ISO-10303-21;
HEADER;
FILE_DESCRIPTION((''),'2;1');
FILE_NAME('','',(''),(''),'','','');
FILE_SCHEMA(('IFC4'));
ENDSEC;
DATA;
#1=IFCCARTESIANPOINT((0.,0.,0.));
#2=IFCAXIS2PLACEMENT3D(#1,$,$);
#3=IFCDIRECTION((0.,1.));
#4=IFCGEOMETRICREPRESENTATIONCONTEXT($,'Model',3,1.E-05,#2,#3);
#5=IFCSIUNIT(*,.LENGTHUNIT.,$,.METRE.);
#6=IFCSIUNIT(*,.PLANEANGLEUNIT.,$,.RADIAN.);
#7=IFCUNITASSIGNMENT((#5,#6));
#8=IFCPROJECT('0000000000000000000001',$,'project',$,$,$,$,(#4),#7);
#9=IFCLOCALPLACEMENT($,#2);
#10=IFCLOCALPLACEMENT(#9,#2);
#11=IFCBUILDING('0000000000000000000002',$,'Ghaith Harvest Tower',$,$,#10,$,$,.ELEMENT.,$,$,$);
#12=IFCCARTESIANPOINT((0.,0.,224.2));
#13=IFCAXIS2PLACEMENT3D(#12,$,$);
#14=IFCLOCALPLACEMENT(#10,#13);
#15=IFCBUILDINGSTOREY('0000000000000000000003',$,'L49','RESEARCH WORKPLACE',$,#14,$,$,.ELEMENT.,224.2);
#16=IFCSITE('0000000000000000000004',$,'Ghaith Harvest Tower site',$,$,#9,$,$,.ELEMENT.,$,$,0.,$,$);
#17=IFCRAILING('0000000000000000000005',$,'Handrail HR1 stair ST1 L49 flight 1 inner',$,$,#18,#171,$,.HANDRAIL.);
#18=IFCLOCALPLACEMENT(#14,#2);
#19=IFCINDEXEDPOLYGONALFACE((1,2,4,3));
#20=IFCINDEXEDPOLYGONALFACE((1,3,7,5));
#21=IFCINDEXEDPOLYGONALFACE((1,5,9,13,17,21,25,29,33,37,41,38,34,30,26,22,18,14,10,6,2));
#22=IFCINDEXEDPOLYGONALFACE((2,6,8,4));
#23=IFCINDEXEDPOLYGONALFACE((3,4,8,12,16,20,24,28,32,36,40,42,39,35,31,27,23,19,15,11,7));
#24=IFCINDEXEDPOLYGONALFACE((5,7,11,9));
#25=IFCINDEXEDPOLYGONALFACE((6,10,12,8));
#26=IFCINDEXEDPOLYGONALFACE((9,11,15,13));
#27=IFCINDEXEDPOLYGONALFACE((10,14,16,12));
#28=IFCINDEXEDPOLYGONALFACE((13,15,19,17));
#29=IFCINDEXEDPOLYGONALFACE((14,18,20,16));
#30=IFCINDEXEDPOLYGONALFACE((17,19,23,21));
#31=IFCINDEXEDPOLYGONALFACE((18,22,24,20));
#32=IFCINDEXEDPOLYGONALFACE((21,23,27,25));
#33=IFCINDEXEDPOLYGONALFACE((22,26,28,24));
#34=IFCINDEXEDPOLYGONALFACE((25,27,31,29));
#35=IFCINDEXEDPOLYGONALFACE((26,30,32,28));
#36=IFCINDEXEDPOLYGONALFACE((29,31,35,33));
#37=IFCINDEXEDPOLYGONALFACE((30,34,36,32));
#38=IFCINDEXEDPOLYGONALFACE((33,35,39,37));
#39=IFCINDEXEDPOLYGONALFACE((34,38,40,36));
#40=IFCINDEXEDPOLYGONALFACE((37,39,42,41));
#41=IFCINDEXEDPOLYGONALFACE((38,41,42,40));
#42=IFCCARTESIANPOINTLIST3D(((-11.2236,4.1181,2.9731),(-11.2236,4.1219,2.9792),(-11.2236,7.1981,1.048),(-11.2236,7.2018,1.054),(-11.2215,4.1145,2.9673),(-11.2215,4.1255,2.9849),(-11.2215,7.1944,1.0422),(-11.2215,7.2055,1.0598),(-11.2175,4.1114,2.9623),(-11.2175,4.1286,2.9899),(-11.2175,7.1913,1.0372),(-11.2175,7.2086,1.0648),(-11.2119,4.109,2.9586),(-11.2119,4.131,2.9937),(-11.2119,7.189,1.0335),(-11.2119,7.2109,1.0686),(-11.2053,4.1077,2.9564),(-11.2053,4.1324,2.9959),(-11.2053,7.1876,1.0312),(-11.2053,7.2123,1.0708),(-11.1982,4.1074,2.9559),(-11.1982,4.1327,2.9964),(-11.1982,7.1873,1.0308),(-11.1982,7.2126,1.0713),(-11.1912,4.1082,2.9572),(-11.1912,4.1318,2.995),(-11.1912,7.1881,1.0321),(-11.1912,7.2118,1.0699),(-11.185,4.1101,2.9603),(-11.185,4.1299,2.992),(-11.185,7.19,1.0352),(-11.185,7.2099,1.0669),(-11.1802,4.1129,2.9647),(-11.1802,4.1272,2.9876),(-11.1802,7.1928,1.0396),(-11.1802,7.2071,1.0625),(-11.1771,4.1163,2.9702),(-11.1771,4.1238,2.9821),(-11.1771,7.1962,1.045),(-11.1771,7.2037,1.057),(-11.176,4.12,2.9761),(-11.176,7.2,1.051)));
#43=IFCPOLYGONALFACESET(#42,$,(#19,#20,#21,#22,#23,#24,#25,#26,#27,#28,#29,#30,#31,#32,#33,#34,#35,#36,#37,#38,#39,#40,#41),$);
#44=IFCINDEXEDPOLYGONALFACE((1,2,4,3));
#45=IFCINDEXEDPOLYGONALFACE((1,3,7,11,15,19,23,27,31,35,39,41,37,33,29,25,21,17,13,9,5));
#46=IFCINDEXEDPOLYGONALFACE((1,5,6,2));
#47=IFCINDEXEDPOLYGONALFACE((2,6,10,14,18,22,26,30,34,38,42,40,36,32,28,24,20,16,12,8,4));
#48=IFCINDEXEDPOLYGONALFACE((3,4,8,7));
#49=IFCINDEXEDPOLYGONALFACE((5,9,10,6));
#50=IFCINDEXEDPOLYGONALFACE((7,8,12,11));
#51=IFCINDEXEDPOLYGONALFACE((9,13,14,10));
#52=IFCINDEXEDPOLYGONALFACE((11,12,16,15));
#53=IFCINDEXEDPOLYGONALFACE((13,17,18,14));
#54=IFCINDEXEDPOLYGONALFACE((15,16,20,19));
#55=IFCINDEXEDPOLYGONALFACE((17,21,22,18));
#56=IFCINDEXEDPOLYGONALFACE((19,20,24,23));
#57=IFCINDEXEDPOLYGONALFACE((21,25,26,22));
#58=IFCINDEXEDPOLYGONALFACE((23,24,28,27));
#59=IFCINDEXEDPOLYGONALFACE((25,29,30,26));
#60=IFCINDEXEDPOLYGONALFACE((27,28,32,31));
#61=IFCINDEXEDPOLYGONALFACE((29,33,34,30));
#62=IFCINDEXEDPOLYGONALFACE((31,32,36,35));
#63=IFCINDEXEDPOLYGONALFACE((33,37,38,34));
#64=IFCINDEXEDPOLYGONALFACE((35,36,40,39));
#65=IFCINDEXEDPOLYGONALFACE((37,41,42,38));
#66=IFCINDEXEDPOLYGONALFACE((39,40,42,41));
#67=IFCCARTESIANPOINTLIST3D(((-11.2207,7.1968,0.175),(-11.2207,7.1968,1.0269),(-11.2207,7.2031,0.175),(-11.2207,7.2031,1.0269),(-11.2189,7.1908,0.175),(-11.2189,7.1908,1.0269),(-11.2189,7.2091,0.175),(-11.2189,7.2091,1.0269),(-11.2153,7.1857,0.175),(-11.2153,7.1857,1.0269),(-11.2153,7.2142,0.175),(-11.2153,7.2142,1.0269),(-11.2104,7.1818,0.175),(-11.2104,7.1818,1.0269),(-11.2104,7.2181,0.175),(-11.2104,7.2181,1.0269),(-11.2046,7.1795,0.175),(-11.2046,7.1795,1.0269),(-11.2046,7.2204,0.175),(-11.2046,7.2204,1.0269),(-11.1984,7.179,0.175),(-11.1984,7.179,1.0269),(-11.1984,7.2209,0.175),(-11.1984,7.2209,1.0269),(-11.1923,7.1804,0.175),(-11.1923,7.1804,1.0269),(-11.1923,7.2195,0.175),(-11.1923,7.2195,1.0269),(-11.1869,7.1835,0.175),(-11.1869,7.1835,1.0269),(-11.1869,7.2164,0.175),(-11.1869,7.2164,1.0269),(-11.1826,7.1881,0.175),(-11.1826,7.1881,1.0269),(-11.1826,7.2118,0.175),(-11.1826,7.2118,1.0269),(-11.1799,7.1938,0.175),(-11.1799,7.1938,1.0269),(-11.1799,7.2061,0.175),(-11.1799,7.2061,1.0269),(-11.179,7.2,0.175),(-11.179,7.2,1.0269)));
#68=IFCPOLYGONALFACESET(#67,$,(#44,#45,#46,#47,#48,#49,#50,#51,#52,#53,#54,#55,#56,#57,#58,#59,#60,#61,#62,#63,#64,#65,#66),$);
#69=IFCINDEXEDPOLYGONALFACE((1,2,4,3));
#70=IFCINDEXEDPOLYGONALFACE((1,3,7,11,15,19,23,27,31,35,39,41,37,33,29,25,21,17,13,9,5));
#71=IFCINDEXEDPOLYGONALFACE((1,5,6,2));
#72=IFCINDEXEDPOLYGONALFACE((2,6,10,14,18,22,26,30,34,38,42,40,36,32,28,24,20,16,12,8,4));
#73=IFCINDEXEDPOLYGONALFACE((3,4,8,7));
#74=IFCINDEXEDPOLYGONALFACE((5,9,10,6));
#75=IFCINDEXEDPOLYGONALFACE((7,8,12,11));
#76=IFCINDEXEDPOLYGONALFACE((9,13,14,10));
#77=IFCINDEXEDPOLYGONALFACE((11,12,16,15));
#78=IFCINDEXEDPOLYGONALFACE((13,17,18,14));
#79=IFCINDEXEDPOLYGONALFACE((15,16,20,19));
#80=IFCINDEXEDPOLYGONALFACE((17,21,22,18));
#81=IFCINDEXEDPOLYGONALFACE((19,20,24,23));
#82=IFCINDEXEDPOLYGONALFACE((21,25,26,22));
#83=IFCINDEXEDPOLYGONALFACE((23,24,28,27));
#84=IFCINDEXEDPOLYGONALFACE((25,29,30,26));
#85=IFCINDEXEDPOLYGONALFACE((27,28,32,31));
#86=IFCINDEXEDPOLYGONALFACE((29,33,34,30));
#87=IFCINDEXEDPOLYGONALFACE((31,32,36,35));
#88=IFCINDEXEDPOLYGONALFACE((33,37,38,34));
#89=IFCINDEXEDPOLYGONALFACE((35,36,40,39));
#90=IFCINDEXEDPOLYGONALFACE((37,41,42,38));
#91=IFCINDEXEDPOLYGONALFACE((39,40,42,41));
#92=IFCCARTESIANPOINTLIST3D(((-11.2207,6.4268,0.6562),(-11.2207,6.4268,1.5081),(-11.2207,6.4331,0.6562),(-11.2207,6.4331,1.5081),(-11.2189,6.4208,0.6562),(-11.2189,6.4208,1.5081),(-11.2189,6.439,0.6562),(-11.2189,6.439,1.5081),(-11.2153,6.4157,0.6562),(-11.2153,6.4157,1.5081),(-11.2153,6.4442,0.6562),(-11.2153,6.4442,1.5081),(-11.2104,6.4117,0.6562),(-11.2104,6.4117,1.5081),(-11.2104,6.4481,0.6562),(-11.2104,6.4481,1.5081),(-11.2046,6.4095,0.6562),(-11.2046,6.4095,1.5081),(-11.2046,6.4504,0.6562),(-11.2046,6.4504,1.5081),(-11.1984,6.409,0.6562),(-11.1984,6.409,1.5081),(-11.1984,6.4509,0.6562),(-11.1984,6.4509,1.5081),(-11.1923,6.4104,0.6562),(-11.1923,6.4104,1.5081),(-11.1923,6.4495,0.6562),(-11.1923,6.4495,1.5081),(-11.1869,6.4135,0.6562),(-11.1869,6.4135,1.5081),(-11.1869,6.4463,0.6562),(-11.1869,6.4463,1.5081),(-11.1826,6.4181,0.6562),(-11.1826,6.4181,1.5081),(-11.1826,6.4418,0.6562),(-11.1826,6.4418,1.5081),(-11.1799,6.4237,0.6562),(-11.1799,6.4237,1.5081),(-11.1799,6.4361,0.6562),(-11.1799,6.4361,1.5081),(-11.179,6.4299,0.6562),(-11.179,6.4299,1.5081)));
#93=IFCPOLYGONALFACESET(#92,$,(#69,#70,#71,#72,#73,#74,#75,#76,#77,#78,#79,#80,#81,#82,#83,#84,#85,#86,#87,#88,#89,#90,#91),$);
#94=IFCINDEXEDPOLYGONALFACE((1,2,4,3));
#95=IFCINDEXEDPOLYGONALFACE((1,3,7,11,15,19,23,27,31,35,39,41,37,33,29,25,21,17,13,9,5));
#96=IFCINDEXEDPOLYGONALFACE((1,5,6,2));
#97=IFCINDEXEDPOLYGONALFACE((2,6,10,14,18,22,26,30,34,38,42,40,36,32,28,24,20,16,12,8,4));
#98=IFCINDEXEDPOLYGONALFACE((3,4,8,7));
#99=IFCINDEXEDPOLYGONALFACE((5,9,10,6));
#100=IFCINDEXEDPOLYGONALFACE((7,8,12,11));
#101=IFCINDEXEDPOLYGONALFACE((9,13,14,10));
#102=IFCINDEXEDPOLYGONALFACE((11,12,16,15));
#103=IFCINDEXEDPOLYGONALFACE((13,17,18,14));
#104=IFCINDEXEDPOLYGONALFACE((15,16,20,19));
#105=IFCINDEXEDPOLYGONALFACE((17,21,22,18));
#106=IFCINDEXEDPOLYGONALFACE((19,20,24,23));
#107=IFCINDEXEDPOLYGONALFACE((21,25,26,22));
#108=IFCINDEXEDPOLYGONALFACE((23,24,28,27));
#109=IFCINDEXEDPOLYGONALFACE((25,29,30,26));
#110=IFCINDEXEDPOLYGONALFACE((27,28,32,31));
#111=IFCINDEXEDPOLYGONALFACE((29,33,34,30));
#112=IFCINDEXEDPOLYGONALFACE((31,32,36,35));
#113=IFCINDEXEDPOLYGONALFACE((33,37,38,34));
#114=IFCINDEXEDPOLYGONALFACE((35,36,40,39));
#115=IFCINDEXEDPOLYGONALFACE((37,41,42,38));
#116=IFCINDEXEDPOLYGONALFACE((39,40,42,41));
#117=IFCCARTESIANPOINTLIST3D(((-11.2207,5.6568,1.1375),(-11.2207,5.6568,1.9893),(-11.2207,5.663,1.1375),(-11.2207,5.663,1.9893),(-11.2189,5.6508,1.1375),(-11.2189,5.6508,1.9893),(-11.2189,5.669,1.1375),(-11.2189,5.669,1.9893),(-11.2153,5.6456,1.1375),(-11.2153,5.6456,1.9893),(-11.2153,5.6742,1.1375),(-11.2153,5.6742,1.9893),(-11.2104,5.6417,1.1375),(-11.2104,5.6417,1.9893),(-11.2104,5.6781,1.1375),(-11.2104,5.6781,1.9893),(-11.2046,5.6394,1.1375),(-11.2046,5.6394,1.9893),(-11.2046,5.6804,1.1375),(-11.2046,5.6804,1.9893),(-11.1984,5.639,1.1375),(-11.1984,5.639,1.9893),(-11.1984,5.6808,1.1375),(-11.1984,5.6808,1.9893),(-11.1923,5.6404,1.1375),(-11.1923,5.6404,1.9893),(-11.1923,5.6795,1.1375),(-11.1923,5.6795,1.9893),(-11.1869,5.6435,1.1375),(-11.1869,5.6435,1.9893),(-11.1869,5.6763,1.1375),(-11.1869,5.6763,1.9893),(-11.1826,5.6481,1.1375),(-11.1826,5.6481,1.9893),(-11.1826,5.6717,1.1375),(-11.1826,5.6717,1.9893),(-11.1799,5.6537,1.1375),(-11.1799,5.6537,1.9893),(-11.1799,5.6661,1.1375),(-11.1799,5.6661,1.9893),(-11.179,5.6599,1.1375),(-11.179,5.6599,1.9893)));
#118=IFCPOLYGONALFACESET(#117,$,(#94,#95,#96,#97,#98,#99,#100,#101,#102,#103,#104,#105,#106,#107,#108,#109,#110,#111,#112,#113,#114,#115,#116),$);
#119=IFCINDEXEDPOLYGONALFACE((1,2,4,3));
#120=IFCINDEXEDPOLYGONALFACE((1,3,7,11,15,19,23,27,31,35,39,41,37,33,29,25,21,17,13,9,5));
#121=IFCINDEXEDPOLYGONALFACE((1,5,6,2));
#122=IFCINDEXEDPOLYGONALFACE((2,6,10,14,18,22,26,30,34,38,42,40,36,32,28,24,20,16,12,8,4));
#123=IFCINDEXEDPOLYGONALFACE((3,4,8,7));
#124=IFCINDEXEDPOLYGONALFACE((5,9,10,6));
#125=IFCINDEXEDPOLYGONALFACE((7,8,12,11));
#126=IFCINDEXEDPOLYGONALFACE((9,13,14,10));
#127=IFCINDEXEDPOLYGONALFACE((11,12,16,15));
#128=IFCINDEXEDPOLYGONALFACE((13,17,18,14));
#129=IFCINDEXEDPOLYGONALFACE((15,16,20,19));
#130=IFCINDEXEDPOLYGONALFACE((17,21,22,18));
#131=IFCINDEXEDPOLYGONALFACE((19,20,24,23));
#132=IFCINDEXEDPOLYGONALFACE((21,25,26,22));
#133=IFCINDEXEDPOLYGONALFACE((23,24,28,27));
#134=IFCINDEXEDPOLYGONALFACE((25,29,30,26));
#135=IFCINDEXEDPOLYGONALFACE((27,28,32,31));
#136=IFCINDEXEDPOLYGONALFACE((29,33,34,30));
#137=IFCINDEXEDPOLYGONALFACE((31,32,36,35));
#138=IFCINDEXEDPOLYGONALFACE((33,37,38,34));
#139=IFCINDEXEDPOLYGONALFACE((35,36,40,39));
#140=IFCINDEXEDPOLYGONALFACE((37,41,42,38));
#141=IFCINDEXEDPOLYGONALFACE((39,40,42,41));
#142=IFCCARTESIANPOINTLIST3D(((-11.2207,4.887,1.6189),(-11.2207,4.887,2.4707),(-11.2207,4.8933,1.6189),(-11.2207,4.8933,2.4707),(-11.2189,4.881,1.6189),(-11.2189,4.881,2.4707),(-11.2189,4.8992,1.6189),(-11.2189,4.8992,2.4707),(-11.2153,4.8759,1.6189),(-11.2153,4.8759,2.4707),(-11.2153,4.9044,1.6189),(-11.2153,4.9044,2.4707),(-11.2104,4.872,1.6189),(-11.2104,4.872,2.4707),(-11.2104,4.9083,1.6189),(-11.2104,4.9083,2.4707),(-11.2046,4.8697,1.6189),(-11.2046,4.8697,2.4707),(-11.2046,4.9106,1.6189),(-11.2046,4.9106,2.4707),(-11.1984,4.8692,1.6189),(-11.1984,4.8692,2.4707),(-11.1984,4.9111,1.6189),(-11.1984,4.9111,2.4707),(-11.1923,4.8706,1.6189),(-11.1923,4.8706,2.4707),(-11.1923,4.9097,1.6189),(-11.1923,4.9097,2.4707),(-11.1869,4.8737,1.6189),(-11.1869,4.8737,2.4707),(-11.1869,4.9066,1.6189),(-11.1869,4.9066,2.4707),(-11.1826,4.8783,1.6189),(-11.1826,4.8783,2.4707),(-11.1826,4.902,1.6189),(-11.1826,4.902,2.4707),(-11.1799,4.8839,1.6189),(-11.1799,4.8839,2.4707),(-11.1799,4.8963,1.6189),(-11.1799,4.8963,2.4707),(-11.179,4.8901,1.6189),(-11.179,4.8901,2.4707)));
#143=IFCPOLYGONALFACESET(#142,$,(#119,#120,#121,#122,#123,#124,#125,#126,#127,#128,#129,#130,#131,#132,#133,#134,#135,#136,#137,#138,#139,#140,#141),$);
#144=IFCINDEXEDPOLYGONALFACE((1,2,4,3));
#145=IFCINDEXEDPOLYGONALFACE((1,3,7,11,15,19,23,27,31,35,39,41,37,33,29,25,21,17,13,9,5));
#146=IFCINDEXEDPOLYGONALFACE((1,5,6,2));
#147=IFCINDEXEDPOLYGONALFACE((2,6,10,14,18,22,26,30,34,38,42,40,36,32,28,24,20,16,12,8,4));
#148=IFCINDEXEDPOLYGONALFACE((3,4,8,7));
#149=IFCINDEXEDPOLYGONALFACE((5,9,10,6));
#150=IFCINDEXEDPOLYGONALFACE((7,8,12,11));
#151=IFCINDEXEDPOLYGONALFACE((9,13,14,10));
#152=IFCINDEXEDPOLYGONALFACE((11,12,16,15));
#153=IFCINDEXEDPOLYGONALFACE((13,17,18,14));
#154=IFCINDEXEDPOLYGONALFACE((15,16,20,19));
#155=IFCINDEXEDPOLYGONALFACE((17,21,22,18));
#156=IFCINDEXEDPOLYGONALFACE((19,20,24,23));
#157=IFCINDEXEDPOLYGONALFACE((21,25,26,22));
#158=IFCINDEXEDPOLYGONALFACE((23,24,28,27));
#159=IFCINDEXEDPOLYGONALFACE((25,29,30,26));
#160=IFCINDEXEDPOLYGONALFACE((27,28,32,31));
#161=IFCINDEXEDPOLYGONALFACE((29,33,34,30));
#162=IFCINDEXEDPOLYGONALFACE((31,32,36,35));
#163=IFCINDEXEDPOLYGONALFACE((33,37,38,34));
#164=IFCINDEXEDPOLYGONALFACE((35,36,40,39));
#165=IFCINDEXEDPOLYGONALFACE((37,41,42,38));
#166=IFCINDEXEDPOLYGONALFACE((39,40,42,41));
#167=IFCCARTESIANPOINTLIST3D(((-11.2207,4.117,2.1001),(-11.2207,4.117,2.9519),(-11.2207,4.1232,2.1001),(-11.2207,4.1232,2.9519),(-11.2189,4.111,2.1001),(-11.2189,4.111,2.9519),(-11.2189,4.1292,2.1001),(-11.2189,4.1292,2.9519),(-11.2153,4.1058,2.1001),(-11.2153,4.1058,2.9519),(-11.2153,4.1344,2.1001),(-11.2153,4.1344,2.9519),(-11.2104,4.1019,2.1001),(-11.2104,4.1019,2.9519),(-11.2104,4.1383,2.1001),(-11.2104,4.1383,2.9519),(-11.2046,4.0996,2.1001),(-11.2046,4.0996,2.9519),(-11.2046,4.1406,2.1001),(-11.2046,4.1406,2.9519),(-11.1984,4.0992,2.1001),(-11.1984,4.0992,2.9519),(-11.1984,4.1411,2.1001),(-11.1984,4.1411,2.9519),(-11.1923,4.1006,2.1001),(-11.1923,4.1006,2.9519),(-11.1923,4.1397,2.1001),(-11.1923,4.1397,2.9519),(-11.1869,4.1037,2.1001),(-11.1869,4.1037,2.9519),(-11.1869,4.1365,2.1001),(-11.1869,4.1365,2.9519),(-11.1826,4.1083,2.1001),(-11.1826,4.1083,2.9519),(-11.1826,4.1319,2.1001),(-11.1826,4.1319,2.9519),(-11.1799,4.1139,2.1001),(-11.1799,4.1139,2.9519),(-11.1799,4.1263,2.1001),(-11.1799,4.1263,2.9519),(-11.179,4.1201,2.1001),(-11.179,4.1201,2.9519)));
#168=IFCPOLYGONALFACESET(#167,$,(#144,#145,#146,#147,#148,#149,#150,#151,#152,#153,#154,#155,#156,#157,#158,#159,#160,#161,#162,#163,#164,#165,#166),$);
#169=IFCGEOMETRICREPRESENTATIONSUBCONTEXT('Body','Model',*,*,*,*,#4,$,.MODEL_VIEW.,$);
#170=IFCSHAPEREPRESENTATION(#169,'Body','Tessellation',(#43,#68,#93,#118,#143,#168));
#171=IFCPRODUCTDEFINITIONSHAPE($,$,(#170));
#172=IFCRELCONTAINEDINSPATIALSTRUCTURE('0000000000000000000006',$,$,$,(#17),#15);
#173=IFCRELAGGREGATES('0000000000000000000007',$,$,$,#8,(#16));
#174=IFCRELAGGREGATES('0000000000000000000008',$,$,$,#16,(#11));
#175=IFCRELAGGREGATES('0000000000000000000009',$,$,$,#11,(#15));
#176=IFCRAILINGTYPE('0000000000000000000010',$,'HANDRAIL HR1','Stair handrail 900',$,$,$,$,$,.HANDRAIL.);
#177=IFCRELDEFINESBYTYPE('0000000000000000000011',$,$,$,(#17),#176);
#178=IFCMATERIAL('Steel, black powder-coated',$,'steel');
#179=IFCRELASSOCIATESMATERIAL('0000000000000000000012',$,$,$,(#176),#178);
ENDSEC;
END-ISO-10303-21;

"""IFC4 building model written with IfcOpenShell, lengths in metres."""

from ifc_helpers import new_model, si_unit, direction, frame, origin, origin_2d, place, context, subcontext, project, spatial, circle, extrude, material, type_object, element, save


model = new_model("IFC4")

# Units and contexts
model_context = context("Model", 3, precision=1e-05, world=origin(), true_north=direction((0.0, 1.0)))
body_context = subcontext(model_context, "Body", "Model", "MODEL_VIEW")
ifc_project = project(units=[si_unit("LENGTHUNIT", "METRE"), si_unit("PLANEANGLEUNIT", "RADIAN")], contexts=[model_context])

# Site, building, storey
site_placement = place(None, origin())
site = spatial("IfcSite", under=ifc_project, at=site_placement, Name="Ghaith Harvest Tower site", CompositionType="ELEMENT", RefElevation=0.0)
building_placement = place(site_placement, origin())
building = spatial("IfcBuilding", under=site, at=building_placement, Name="Ghaith Harvest Tower", CompositionType="ELEMENT")
storey_placement = place(building_placement, frame((0.0, 0.0, 224.2)))
storey = spatial("IfcBuildingStorey", under=building, at=storey_placement, Name="L49", Description="RESEARCH WORKPLACE", CompositionType="ELEMENT", Elevation=224.2)

# Railing
ifc_material_1 = material(Name="Steel, black powder-coated", Category="steel")
railing_type = type_object("IfcRailingType", Name="HANDRAIL HR1", Description="Stair handrail 900", PredefinedType="HANDRAIL", material=ifc_material_1)
railing_1_placement = place(storey_placement, frame((-11.2, 7.2, 0.175)))
element("IfcRailing", 1, at=railing_1_placement, inside=storey, type_object=railing_type, Name="Handrail HR1 stair ST1 L49 flight 1 inner", PredefinedType="HANDRAIL", context=body_context, shape_type="SweptSolid", body=[
    extrude(circle(Radius=0.0239, at=origin_2d()), frame((0.0, 0.0, 0.876), z_axis=(0.0, -0.847979, 0.530029), x_axis=(1.0, 0.0, 0.0)), (0.0, 0.0, 1.0), 3.6321),
    extrude(circle(Radius=0.021, at=origin_2d()), origin(), (0.0, 0.0, 1.0), 0.8518),
    extrude(circle(Radius=0.021, at=origin_2d()), frame((0.0, -0.77, 0.4812)), (0.0, 0.0, 1.0), 0.8518),
    extrude(circle(Radius=0.021, at=origin_2d()), frame((0.0, -1.54, 0.9624)), (0.0, 0.0, 1.0), 0.8518),
    extrude(circle(Radius=0.021, at=origin_2d()), frame((0.0, -2.3098, 1.4438)), (0.0, 0.0, 1.0), 0.8518),
    extrude(circle(Radius=0.021, at=origin_2d()), frame((0.0, -3.0798, 1.925)), (0.0, 0.0, 1.0), 0.8518),
])

save(model, "model.ifc")
